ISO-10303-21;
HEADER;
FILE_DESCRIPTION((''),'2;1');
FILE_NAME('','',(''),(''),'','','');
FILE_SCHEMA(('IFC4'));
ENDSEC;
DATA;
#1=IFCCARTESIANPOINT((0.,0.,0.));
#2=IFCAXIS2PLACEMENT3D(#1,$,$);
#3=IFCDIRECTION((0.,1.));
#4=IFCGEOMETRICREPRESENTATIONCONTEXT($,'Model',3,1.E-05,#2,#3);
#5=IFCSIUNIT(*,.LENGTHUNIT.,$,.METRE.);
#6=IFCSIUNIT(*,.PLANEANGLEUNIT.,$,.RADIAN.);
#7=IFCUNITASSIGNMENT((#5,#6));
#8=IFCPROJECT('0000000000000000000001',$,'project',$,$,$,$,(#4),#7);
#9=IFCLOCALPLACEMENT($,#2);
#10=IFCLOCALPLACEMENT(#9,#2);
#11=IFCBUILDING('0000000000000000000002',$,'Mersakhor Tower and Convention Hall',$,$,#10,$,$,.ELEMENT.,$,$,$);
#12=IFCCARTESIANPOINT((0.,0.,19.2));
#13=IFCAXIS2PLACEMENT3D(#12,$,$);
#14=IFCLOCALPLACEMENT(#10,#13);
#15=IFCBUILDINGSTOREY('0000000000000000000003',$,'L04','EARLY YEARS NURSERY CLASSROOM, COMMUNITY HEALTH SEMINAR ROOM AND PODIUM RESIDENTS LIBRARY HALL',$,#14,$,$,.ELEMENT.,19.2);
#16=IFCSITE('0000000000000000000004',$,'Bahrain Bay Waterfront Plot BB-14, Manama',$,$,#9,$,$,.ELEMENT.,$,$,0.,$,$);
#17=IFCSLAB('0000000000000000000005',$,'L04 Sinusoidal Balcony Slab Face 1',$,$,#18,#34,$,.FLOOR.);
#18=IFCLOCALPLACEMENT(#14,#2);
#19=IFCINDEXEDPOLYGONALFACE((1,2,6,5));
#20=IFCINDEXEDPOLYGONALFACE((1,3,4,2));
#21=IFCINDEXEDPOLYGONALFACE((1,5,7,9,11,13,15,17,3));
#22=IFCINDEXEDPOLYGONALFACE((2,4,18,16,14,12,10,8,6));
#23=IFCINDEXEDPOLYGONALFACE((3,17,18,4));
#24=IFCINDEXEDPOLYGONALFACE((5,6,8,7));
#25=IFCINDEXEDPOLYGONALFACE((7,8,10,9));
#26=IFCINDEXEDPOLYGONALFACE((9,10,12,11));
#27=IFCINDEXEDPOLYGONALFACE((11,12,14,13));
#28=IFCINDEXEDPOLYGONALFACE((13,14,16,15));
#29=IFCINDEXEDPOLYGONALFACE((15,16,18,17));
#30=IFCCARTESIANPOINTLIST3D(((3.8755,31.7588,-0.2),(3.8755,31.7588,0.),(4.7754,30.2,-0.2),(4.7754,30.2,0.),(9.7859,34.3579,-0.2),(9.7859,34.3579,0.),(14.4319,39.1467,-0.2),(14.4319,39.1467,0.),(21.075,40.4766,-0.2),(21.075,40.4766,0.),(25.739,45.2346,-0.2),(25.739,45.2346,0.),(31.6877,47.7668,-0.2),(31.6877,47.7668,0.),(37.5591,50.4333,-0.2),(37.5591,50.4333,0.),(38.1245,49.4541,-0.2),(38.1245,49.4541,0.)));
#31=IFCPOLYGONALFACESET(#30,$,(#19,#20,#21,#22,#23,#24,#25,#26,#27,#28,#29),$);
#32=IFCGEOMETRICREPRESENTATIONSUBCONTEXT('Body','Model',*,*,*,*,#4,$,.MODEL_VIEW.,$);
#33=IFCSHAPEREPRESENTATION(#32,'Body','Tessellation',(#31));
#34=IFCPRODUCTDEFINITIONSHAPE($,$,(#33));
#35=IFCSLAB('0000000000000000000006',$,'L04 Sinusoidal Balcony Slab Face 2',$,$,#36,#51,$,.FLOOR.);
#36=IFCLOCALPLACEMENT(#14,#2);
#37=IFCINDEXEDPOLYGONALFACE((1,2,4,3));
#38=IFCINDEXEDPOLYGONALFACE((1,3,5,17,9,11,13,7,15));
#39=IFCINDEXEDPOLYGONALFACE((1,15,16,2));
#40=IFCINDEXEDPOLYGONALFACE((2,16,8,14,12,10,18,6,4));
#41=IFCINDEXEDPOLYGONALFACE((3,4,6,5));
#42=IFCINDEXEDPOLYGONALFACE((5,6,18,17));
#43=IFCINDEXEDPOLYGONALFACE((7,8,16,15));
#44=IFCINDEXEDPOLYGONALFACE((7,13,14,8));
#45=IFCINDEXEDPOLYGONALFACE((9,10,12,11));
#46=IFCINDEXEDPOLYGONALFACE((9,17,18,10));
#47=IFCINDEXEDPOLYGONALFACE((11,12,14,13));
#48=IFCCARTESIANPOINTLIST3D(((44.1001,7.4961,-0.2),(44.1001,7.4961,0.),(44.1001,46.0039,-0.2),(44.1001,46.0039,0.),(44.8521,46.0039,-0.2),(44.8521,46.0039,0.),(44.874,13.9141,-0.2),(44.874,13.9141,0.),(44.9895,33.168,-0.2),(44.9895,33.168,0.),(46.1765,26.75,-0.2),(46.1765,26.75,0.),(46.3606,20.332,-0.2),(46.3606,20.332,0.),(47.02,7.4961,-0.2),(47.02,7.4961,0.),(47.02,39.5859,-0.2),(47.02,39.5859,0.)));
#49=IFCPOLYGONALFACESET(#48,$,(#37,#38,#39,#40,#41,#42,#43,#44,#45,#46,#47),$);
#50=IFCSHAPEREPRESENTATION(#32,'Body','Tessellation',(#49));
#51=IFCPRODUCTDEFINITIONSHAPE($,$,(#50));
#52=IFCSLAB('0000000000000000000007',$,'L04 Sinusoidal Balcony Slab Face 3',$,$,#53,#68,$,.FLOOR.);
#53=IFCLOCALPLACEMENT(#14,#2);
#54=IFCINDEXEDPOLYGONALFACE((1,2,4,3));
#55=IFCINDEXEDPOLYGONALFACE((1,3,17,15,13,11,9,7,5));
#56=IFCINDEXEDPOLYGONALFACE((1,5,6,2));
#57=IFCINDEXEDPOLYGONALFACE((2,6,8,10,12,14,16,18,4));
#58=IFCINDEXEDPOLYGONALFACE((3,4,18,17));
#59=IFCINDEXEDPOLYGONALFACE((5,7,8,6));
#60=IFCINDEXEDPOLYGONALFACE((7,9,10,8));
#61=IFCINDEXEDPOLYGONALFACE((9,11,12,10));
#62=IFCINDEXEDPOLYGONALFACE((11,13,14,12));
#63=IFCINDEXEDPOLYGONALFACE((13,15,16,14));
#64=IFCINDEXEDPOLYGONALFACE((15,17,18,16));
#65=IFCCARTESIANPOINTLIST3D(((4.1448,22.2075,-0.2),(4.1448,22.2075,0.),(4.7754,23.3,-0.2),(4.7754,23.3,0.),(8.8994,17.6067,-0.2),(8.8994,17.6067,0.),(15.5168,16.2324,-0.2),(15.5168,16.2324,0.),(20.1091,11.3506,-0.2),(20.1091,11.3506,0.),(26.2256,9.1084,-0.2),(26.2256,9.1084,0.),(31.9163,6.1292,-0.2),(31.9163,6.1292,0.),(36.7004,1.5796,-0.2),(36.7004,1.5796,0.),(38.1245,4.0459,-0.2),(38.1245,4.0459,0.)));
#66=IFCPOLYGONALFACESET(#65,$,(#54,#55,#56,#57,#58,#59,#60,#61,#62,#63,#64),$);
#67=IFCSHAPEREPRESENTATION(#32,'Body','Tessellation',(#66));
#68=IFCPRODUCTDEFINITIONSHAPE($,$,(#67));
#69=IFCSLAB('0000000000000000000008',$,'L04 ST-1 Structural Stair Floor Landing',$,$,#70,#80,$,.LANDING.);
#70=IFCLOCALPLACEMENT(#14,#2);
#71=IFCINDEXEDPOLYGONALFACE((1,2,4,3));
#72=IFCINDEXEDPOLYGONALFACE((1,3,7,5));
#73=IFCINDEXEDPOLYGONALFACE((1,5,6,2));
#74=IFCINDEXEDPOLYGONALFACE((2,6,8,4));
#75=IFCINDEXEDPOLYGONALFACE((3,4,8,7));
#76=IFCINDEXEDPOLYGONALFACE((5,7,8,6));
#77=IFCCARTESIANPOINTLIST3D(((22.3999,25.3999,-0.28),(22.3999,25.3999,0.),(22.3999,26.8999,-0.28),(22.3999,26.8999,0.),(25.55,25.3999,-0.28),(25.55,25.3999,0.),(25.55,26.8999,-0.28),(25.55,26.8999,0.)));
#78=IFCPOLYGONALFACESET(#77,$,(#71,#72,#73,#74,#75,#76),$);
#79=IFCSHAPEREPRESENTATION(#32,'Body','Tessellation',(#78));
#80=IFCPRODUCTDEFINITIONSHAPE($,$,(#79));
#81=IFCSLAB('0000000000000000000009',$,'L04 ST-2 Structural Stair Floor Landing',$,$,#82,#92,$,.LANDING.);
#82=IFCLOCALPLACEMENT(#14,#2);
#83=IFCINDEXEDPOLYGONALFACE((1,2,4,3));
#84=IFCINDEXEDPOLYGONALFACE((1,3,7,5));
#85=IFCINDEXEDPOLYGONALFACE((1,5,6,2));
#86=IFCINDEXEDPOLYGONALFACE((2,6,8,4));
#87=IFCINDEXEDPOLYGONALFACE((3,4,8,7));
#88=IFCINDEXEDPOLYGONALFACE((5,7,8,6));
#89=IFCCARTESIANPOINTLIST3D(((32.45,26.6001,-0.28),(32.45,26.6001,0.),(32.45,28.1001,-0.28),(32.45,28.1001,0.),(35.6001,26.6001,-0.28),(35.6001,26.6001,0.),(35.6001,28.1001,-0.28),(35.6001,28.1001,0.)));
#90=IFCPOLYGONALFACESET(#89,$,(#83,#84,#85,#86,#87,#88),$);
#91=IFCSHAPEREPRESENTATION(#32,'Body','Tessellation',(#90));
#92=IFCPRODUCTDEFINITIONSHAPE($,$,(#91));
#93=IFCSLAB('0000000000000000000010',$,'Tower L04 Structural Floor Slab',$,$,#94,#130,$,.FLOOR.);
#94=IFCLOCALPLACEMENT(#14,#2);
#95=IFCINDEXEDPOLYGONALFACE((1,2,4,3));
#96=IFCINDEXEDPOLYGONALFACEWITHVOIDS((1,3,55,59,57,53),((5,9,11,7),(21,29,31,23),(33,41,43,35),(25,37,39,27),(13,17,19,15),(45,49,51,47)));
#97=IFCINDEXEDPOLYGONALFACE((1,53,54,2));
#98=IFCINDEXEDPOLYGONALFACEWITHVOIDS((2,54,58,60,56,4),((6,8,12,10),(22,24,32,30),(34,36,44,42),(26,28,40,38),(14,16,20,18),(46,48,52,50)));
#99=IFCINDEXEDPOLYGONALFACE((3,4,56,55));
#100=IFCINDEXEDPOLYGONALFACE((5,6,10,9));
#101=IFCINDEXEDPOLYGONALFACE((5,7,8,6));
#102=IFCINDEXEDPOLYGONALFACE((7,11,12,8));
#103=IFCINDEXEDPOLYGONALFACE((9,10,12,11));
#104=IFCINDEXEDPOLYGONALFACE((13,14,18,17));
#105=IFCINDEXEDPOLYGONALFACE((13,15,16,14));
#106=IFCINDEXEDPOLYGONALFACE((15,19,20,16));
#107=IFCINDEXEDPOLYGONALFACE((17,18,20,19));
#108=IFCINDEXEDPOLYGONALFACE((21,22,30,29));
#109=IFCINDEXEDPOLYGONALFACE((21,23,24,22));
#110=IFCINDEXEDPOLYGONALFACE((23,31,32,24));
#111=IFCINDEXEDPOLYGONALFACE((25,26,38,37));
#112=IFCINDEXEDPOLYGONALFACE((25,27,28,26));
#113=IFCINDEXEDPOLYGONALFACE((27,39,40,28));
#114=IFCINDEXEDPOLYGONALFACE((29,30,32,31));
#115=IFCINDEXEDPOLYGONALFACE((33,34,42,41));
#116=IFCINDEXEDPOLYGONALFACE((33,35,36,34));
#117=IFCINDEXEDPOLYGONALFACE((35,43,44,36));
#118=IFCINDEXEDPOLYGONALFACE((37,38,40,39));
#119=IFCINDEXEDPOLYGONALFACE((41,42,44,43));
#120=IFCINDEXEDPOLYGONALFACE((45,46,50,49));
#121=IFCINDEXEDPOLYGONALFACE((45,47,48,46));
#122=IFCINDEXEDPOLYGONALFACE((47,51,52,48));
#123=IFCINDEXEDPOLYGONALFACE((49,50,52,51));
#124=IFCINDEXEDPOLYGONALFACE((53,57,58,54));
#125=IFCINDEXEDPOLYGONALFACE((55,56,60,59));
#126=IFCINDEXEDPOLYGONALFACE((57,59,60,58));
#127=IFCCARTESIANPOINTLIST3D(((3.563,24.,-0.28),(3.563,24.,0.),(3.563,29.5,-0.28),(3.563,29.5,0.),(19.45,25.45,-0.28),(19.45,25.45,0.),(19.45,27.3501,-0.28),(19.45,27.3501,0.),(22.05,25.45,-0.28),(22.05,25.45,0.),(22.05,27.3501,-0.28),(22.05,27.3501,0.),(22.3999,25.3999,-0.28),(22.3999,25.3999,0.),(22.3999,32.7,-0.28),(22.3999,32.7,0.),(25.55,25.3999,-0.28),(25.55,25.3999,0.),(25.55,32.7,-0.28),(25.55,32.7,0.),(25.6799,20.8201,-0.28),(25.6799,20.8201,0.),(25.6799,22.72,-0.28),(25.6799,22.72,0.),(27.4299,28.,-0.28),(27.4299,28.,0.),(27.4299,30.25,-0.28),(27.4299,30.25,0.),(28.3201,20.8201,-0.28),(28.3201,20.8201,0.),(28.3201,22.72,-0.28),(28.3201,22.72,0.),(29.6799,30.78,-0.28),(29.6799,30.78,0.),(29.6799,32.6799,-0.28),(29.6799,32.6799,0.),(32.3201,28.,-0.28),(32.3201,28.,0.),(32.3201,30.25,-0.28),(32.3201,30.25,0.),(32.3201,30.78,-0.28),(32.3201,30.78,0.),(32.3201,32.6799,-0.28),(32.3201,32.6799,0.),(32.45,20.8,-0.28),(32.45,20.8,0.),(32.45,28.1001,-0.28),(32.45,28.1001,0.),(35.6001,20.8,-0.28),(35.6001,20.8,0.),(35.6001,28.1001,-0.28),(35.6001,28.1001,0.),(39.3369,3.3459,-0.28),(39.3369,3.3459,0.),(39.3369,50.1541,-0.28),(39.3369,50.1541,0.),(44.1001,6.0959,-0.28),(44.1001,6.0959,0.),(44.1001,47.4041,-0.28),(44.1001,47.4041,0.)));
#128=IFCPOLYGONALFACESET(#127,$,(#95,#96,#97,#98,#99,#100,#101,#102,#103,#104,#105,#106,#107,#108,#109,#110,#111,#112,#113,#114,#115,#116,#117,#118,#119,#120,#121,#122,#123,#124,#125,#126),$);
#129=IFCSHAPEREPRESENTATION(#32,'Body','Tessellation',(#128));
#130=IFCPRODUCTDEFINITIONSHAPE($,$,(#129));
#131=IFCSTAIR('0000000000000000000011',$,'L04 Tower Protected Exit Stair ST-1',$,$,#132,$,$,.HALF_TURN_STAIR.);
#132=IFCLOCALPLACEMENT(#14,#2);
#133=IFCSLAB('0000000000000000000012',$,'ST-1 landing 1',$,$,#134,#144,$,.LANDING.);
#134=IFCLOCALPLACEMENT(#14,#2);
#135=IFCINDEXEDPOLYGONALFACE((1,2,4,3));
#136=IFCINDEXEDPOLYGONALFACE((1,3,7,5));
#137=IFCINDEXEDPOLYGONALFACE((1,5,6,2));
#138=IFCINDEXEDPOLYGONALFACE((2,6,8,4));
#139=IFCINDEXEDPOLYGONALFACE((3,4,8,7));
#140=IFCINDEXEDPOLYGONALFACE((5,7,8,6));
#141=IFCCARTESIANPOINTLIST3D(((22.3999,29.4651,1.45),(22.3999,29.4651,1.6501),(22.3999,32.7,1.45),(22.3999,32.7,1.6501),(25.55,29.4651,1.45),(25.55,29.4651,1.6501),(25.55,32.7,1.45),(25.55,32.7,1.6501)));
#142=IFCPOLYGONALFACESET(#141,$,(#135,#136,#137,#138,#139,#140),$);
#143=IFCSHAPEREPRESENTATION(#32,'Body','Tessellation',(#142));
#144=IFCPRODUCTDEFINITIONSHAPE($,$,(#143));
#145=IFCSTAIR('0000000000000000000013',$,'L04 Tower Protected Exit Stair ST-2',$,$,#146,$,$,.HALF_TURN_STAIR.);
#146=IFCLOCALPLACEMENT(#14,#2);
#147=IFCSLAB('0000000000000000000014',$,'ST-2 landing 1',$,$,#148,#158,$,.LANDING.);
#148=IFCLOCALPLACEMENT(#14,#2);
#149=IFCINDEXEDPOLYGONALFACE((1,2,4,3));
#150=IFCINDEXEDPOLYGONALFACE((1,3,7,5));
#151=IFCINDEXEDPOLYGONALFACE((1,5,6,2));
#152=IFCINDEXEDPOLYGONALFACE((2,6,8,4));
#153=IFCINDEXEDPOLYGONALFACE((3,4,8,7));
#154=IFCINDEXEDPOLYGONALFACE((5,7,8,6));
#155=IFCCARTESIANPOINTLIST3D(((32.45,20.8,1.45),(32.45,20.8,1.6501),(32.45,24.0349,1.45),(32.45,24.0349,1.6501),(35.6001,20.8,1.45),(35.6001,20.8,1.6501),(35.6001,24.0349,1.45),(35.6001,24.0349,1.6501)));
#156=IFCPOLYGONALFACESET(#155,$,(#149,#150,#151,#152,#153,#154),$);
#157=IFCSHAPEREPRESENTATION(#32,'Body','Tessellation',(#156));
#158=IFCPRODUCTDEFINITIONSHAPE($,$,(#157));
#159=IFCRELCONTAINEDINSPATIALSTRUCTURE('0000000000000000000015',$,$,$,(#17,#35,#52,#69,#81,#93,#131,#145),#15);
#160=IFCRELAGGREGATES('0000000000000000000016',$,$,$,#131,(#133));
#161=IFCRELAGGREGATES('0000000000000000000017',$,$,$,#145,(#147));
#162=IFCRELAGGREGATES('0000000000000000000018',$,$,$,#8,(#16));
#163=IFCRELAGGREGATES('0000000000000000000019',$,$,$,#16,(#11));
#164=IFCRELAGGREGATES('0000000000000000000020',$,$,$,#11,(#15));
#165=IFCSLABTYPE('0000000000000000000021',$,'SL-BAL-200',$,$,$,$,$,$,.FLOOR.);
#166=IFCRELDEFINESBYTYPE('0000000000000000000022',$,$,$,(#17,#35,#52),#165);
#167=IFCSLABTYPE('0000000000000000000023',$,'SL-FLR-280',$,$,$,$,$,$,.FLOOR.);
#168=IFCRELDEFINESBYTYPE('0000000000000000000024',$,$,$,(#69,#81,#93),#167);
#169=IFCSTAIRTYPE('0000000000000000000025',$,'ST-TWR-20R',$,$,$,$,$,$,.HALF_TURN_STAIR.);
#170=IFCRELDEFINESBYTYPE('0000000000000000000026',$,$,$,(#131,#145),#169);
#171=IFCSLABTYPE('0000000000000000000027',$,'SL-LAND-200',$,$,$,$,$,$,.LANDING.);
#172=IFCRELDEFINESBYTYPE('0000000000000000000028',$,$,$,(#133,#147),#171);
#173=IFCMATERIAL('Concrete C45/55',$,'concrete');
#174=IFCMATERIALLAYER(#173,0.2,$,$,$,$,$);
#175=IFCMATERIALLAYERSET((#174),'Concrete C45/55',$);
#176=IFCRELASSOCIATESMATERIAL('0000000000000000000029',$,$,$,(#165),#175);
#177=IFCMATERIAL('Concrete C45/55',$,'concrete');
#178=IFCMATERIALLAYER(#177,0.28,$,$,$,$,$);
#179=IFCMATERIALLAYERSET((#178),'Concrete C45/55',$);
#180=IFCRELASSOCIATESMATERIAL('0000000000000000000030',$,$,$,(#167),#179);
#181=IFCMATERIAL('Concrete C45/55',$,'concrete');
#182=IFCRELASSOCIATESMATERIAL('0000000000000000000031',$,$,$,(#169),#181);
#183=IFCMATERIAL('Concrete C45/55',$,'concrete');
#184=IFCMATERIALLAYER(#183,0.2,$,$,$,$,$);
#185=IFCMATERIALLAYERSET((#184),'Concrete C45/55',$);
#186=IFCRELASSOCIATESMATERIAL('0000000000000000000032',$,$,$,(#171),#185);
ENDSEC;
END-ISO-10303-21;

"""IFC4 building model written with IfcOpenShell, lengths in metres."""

from ifc_helpers import new_model, si_unit, direction, frame, origin, place, context, subcontext, project, spatial, polyline, outline, extrude, material, layer, layer_set, type_object, element, aggregate, save


model = new_model("IFC4")

# Units and contexts
model_context = context("Model", 3, precision=1e-05, world=origin(), true_north=direction((0.0, 1.0)))
body_context = subcontext(model_context, "Body", "Model", "MODEL_VIEW")
ifc_project = project(units=[si_unit("LENGTHUNIT", "METRE"), si_unit("PLANEANGLEUNIT", "RADIAN")], contexts=[model_context])

# Site, building, storey
site_placement = place(None, origin())
site = spatial("IfcSite", under=ifc_project, at=site_placement, Name="Bahrain Bay Waterfront Plot BB-14, Manama", CompositionType="ELEMENT", RefElevation=0.0)
building_placement = place(site_placement, origin())
building = spatial("IfcBuilding", under=site, at=building_placement, Name="Mersakhor Tower and Convention Hall", CompositionType="ELEMENT")
storey_placement = place(building_placement, frame((0.0, 0.0, 19.2)))
storey = spatial("IfcBuildingStorey", under=building, at=storey_placement, Name="L04", Description="EARLY YEARS NURSERY CLASSROOM, COMMUNITY HEALTH SEMINAR ROOM AND PODIUM RESIDENTS LIBRARY HALL", CompositionType="ELEMENT", Elevation=19.2)

# Slabs
ifc_material_1 = material(Name="Concrete C45/55", Category="concrete")
ifc_layer_1 = layer(ifc_material_1, 0.2)
ifc_layer_set_1 = layer_set([ifc_layer_1], Name="Concrete C45/55")
slab_type_1 = type_object("IfcSlabType", Name="SL-BAL-200", PredefinedType="FLOOR", material=ifc_layer_set_1)
slab_1_placement = place(storey_placement, frame((0.0, 0.0, -0.2)))
element("IfcSlab", 1, at=slab_1_placement, inside=storey, type_object=slab_type_1, Name="L04 Sinusoidal Balcony Slab Face 1", PredefinedType="FLOOR", context=body_context, shape_type="SweptSolid", body=[
    extrude(outline(polyline([(4.7754, 30.2), (38.1245, 49.4541), (37.5591, 50.4333), (31.6877, 47.7668), (25.739, 45.2346), (21.075, 40.4766), (14.4319, 39.1467), (9.7859, 34.3579), (3.8755, 31.7588), (4.7754, 30.2)])), origin(), (0.0, 0.0, 1.0), 0.2),
])
slab_2_placement = place(storey_placement, frame((0.0, 0.0, -0.2)))
element("IfcSlab", 2, at=slab_2_placement, inside=storey, type_object=slab_type_1, Name="L04 Sinusoidal Balcony Slab Face 2", PredefinedType="FLOOR", context=body_context, shape_type="SweptSolid", body=[
    extrude(outline(polyline([(44.1001, 46.0039), (44.1001, 7.4961), (47.02, 7.4961), (44.874, 13.9141), (46.3606, 20.332), (46.1765, 26.75), (44.9895, 33.168), (47.02, 39.5859), (44.8521, 46.0039), (44.1001, 46.0039)])), origin(), (0.0, 0.0, 1.0), 0.2),
])
slab_3_placement = place(storey_placement, frame((0.0, 0.0, -0.2)))
element("IfcSlab", 3, at=slab_3_placement, inside=storey, type_object=slab_type_1, Name="L04 Sinusoidal Balcony Slab Face 3", PredefinedType="FLOOR", context=body_context, shape_type="SweptSolid", body=[
    extrude(outline(polyline([(38.1245, 4.0459), (4.7754, 23.3), (4.1448, 22.2075), (8.8994, 17.6067), (15.5168, 16.2324), (20.1091, 11.3506), (26.2256, 9.1084), (31.9163, 6.1292), (36.7004, 1.5796), (38.1245, 4.0459)])), origin(), (0.0, 0.0, 1.0), 0.2),
])
ifc_material_2 = material(Name="Concrete C45/55", Category="concrete")
ifc_layer_2 = layer(ifc_material_2, 0.28)
ifc_layer_set_2 = layer_set([ifc_layer_2], Name="Concrete C45/55")
slab_type_2 = type_object("IfcSlabType", Name="SL-FLR-280", PredefinedType="FLOOR", material=ifc_layer_set_2)
slab_4_placement = place(storey_placement, frame((0.0, 0.0, -0.28)))
element("IfcSlab", 4, at=slab_4_placement, inside=storey, type_object=slab_type_2, Name="L04 ST-1 Structural Stair Floor Landing", PredefinedType="LANDING", context=body_context, shape_type="SweptSolid", body=[
    extrude(outline(polyline([(25.55, 25.3999), (25.55, 26.8999), (22.3999, 26.8999), (22.3999, 25.3999), (25.55, 25.3999)])), origin(), (0.0, 0.0, 1.0), 0.28),
])
slab_5_placement = place(storey_placement, frame((0.0, 0.0, -0.28)))
element("IfcSlab", 5, at=slab_5_placement, inside=storey, type_object=slab_type_2, Name="L04 ST-2 Structural Stair Floor Landing", PredefinedType="LANDING", context=body_context, shape_type="SweptSolid", body=[
    extrude(outline(polyline([(32.45, 28.1001), (32.45, 26.6001), (35.6001, 26.6001), (35.6001, 28.1001), (32.45, 28.1001)])), origin(), (0.0, 0.0, 1.0), 0.28),
])
slab_6_placement = place(storey_placement, frame((0.0, 0.0, -0.28)))
element("IfcSlab", 6, at=slab_6_placement, inside=storey, type_object=slab_type_2, Name="Tower L04 Structural Floor Slab", PredefinedType="FLOOR", context=body_context, shape_type="SweptSolid", body=[
    extrude(outline(polyline([(3.563, 29.5), (39.3369, 50.1541), (44.1001, 47.4041), (44.1001, 6.0959), (39.3369, 3.3459), (3.563, 24.0), (3.563, 29.5)]), holes=[polyline([(25.55, 25.3999), (25.55, 32.7), (22.3999, 32.7), (22.3999, 25.3999), (25.55, 25.3999)]), polyline([(32.45, 28.1001), (32.45, 20.8), (35.6001, 20.8), (35.6001, 28.1001), (32.45, 28.1001)]), polyline([(25.6799, 20.8201), (25.6799, 22.72), (28.3201, 22.72), (28.3201, 20.8201), (25.6799, 20.8201)]), polyline([(29.6799, 30.78), (29.6799, 32.6799), (32.3201, 32.6799), (32.3201, 30.78), (29.6799, 30.78)]), polyline([(27.4299, 28.0), (27.4299, 30.25), (32.3201, 30.25), (32.3201, 28.0), (27.4299, 28.0)]), polyline([(19.45, 25.45), (19.45, 27.3501), (22.05, 27.3501), (22.05, 25.45), (19.45, 25.45)])]), origin(), (0.0, 0.0, 1.0), 0.28),
])

# Stairs, slabs
ifc_material_3 = material(Name="Concrete C45/55", Category="concrete")
stair_type = type_object("IfcStairType", Name="ST-TWR-20R", PredefinedType="HALF_TURN_STAIR", material=ifc_material_3)
stair_1_placement = place(storey_placement, origin())
stair_1 = element("IfcStair", 7, at=stair_1_placement, inside=storey, type_object=stair_type, Name="L04 Tower Protected Exit Stair ST-1", PredefinedType="HALF_TURN_STAIR")
ifc_material_4 = material(Name="Concrete C45/55", Category="concrete")
ifc_layer_3 = layer(ifc_material_4, 0.2)
ifc_layer_set_3 = layer_set([ifc_layer_3], Name="Concrete C45/55")
slab_type_3 = type_object("IfcSlabType", Name="SL-LAND-200", PredefinedType="LANDING", material=ifc_layer_set_3)
slab_7_placement = place(storey_placement, frame((0.0, 0.0, 1.45)))
slab_7 = element("IfcSlab", 8, at=slab_7_placement, type_object=slab_type_3, Name="ST-1 landing 1", PredefinedType="LANDING", context=body_context, shape_type="SweptSolid", body=[
    extrude(outline(polyline([(25.55, 29.4651), (25.55, 32.7), (22.3999, 32.7), (22.3999, 29.4651), (25.55, 29.4651)])), origin(), (0.0, 0.0, 1.0), 0.2002),
])
aggregate(stair_1, [slab_7])
stair_2_placement = place(storey_placement, origin())
stair_2 = element("IfcStair", 9, at=stair_2_placement, inside=storey, type_object=stair_type, Name="L04 Tower Protected Exit Stair ST-2", PredefinedType="HALF_TURN_STAIR")
slab_8_placement = place(storey_placement, frame((0.0, 0.0, 1.45)))
slab_8 = element("IfcSlab", 10, at=slab_8_placement, type_object=slab_type_3, Name="ST-2 landing 1", PredefinedType="LANDING", context=body_context, shape_type="SweptSolid", body=[
    extrude(outline(polyline([(32.45, 24.0349), (32.45, 20.8), (35.6001, 20.8), (35.6001, 24.0349), (32.45, 24.0349)])), origin(), (0.0, 0.0, 1.0), 0.2002),
])
aggregate(stair_2, [slab_8])

save(model, "model.ifc")
